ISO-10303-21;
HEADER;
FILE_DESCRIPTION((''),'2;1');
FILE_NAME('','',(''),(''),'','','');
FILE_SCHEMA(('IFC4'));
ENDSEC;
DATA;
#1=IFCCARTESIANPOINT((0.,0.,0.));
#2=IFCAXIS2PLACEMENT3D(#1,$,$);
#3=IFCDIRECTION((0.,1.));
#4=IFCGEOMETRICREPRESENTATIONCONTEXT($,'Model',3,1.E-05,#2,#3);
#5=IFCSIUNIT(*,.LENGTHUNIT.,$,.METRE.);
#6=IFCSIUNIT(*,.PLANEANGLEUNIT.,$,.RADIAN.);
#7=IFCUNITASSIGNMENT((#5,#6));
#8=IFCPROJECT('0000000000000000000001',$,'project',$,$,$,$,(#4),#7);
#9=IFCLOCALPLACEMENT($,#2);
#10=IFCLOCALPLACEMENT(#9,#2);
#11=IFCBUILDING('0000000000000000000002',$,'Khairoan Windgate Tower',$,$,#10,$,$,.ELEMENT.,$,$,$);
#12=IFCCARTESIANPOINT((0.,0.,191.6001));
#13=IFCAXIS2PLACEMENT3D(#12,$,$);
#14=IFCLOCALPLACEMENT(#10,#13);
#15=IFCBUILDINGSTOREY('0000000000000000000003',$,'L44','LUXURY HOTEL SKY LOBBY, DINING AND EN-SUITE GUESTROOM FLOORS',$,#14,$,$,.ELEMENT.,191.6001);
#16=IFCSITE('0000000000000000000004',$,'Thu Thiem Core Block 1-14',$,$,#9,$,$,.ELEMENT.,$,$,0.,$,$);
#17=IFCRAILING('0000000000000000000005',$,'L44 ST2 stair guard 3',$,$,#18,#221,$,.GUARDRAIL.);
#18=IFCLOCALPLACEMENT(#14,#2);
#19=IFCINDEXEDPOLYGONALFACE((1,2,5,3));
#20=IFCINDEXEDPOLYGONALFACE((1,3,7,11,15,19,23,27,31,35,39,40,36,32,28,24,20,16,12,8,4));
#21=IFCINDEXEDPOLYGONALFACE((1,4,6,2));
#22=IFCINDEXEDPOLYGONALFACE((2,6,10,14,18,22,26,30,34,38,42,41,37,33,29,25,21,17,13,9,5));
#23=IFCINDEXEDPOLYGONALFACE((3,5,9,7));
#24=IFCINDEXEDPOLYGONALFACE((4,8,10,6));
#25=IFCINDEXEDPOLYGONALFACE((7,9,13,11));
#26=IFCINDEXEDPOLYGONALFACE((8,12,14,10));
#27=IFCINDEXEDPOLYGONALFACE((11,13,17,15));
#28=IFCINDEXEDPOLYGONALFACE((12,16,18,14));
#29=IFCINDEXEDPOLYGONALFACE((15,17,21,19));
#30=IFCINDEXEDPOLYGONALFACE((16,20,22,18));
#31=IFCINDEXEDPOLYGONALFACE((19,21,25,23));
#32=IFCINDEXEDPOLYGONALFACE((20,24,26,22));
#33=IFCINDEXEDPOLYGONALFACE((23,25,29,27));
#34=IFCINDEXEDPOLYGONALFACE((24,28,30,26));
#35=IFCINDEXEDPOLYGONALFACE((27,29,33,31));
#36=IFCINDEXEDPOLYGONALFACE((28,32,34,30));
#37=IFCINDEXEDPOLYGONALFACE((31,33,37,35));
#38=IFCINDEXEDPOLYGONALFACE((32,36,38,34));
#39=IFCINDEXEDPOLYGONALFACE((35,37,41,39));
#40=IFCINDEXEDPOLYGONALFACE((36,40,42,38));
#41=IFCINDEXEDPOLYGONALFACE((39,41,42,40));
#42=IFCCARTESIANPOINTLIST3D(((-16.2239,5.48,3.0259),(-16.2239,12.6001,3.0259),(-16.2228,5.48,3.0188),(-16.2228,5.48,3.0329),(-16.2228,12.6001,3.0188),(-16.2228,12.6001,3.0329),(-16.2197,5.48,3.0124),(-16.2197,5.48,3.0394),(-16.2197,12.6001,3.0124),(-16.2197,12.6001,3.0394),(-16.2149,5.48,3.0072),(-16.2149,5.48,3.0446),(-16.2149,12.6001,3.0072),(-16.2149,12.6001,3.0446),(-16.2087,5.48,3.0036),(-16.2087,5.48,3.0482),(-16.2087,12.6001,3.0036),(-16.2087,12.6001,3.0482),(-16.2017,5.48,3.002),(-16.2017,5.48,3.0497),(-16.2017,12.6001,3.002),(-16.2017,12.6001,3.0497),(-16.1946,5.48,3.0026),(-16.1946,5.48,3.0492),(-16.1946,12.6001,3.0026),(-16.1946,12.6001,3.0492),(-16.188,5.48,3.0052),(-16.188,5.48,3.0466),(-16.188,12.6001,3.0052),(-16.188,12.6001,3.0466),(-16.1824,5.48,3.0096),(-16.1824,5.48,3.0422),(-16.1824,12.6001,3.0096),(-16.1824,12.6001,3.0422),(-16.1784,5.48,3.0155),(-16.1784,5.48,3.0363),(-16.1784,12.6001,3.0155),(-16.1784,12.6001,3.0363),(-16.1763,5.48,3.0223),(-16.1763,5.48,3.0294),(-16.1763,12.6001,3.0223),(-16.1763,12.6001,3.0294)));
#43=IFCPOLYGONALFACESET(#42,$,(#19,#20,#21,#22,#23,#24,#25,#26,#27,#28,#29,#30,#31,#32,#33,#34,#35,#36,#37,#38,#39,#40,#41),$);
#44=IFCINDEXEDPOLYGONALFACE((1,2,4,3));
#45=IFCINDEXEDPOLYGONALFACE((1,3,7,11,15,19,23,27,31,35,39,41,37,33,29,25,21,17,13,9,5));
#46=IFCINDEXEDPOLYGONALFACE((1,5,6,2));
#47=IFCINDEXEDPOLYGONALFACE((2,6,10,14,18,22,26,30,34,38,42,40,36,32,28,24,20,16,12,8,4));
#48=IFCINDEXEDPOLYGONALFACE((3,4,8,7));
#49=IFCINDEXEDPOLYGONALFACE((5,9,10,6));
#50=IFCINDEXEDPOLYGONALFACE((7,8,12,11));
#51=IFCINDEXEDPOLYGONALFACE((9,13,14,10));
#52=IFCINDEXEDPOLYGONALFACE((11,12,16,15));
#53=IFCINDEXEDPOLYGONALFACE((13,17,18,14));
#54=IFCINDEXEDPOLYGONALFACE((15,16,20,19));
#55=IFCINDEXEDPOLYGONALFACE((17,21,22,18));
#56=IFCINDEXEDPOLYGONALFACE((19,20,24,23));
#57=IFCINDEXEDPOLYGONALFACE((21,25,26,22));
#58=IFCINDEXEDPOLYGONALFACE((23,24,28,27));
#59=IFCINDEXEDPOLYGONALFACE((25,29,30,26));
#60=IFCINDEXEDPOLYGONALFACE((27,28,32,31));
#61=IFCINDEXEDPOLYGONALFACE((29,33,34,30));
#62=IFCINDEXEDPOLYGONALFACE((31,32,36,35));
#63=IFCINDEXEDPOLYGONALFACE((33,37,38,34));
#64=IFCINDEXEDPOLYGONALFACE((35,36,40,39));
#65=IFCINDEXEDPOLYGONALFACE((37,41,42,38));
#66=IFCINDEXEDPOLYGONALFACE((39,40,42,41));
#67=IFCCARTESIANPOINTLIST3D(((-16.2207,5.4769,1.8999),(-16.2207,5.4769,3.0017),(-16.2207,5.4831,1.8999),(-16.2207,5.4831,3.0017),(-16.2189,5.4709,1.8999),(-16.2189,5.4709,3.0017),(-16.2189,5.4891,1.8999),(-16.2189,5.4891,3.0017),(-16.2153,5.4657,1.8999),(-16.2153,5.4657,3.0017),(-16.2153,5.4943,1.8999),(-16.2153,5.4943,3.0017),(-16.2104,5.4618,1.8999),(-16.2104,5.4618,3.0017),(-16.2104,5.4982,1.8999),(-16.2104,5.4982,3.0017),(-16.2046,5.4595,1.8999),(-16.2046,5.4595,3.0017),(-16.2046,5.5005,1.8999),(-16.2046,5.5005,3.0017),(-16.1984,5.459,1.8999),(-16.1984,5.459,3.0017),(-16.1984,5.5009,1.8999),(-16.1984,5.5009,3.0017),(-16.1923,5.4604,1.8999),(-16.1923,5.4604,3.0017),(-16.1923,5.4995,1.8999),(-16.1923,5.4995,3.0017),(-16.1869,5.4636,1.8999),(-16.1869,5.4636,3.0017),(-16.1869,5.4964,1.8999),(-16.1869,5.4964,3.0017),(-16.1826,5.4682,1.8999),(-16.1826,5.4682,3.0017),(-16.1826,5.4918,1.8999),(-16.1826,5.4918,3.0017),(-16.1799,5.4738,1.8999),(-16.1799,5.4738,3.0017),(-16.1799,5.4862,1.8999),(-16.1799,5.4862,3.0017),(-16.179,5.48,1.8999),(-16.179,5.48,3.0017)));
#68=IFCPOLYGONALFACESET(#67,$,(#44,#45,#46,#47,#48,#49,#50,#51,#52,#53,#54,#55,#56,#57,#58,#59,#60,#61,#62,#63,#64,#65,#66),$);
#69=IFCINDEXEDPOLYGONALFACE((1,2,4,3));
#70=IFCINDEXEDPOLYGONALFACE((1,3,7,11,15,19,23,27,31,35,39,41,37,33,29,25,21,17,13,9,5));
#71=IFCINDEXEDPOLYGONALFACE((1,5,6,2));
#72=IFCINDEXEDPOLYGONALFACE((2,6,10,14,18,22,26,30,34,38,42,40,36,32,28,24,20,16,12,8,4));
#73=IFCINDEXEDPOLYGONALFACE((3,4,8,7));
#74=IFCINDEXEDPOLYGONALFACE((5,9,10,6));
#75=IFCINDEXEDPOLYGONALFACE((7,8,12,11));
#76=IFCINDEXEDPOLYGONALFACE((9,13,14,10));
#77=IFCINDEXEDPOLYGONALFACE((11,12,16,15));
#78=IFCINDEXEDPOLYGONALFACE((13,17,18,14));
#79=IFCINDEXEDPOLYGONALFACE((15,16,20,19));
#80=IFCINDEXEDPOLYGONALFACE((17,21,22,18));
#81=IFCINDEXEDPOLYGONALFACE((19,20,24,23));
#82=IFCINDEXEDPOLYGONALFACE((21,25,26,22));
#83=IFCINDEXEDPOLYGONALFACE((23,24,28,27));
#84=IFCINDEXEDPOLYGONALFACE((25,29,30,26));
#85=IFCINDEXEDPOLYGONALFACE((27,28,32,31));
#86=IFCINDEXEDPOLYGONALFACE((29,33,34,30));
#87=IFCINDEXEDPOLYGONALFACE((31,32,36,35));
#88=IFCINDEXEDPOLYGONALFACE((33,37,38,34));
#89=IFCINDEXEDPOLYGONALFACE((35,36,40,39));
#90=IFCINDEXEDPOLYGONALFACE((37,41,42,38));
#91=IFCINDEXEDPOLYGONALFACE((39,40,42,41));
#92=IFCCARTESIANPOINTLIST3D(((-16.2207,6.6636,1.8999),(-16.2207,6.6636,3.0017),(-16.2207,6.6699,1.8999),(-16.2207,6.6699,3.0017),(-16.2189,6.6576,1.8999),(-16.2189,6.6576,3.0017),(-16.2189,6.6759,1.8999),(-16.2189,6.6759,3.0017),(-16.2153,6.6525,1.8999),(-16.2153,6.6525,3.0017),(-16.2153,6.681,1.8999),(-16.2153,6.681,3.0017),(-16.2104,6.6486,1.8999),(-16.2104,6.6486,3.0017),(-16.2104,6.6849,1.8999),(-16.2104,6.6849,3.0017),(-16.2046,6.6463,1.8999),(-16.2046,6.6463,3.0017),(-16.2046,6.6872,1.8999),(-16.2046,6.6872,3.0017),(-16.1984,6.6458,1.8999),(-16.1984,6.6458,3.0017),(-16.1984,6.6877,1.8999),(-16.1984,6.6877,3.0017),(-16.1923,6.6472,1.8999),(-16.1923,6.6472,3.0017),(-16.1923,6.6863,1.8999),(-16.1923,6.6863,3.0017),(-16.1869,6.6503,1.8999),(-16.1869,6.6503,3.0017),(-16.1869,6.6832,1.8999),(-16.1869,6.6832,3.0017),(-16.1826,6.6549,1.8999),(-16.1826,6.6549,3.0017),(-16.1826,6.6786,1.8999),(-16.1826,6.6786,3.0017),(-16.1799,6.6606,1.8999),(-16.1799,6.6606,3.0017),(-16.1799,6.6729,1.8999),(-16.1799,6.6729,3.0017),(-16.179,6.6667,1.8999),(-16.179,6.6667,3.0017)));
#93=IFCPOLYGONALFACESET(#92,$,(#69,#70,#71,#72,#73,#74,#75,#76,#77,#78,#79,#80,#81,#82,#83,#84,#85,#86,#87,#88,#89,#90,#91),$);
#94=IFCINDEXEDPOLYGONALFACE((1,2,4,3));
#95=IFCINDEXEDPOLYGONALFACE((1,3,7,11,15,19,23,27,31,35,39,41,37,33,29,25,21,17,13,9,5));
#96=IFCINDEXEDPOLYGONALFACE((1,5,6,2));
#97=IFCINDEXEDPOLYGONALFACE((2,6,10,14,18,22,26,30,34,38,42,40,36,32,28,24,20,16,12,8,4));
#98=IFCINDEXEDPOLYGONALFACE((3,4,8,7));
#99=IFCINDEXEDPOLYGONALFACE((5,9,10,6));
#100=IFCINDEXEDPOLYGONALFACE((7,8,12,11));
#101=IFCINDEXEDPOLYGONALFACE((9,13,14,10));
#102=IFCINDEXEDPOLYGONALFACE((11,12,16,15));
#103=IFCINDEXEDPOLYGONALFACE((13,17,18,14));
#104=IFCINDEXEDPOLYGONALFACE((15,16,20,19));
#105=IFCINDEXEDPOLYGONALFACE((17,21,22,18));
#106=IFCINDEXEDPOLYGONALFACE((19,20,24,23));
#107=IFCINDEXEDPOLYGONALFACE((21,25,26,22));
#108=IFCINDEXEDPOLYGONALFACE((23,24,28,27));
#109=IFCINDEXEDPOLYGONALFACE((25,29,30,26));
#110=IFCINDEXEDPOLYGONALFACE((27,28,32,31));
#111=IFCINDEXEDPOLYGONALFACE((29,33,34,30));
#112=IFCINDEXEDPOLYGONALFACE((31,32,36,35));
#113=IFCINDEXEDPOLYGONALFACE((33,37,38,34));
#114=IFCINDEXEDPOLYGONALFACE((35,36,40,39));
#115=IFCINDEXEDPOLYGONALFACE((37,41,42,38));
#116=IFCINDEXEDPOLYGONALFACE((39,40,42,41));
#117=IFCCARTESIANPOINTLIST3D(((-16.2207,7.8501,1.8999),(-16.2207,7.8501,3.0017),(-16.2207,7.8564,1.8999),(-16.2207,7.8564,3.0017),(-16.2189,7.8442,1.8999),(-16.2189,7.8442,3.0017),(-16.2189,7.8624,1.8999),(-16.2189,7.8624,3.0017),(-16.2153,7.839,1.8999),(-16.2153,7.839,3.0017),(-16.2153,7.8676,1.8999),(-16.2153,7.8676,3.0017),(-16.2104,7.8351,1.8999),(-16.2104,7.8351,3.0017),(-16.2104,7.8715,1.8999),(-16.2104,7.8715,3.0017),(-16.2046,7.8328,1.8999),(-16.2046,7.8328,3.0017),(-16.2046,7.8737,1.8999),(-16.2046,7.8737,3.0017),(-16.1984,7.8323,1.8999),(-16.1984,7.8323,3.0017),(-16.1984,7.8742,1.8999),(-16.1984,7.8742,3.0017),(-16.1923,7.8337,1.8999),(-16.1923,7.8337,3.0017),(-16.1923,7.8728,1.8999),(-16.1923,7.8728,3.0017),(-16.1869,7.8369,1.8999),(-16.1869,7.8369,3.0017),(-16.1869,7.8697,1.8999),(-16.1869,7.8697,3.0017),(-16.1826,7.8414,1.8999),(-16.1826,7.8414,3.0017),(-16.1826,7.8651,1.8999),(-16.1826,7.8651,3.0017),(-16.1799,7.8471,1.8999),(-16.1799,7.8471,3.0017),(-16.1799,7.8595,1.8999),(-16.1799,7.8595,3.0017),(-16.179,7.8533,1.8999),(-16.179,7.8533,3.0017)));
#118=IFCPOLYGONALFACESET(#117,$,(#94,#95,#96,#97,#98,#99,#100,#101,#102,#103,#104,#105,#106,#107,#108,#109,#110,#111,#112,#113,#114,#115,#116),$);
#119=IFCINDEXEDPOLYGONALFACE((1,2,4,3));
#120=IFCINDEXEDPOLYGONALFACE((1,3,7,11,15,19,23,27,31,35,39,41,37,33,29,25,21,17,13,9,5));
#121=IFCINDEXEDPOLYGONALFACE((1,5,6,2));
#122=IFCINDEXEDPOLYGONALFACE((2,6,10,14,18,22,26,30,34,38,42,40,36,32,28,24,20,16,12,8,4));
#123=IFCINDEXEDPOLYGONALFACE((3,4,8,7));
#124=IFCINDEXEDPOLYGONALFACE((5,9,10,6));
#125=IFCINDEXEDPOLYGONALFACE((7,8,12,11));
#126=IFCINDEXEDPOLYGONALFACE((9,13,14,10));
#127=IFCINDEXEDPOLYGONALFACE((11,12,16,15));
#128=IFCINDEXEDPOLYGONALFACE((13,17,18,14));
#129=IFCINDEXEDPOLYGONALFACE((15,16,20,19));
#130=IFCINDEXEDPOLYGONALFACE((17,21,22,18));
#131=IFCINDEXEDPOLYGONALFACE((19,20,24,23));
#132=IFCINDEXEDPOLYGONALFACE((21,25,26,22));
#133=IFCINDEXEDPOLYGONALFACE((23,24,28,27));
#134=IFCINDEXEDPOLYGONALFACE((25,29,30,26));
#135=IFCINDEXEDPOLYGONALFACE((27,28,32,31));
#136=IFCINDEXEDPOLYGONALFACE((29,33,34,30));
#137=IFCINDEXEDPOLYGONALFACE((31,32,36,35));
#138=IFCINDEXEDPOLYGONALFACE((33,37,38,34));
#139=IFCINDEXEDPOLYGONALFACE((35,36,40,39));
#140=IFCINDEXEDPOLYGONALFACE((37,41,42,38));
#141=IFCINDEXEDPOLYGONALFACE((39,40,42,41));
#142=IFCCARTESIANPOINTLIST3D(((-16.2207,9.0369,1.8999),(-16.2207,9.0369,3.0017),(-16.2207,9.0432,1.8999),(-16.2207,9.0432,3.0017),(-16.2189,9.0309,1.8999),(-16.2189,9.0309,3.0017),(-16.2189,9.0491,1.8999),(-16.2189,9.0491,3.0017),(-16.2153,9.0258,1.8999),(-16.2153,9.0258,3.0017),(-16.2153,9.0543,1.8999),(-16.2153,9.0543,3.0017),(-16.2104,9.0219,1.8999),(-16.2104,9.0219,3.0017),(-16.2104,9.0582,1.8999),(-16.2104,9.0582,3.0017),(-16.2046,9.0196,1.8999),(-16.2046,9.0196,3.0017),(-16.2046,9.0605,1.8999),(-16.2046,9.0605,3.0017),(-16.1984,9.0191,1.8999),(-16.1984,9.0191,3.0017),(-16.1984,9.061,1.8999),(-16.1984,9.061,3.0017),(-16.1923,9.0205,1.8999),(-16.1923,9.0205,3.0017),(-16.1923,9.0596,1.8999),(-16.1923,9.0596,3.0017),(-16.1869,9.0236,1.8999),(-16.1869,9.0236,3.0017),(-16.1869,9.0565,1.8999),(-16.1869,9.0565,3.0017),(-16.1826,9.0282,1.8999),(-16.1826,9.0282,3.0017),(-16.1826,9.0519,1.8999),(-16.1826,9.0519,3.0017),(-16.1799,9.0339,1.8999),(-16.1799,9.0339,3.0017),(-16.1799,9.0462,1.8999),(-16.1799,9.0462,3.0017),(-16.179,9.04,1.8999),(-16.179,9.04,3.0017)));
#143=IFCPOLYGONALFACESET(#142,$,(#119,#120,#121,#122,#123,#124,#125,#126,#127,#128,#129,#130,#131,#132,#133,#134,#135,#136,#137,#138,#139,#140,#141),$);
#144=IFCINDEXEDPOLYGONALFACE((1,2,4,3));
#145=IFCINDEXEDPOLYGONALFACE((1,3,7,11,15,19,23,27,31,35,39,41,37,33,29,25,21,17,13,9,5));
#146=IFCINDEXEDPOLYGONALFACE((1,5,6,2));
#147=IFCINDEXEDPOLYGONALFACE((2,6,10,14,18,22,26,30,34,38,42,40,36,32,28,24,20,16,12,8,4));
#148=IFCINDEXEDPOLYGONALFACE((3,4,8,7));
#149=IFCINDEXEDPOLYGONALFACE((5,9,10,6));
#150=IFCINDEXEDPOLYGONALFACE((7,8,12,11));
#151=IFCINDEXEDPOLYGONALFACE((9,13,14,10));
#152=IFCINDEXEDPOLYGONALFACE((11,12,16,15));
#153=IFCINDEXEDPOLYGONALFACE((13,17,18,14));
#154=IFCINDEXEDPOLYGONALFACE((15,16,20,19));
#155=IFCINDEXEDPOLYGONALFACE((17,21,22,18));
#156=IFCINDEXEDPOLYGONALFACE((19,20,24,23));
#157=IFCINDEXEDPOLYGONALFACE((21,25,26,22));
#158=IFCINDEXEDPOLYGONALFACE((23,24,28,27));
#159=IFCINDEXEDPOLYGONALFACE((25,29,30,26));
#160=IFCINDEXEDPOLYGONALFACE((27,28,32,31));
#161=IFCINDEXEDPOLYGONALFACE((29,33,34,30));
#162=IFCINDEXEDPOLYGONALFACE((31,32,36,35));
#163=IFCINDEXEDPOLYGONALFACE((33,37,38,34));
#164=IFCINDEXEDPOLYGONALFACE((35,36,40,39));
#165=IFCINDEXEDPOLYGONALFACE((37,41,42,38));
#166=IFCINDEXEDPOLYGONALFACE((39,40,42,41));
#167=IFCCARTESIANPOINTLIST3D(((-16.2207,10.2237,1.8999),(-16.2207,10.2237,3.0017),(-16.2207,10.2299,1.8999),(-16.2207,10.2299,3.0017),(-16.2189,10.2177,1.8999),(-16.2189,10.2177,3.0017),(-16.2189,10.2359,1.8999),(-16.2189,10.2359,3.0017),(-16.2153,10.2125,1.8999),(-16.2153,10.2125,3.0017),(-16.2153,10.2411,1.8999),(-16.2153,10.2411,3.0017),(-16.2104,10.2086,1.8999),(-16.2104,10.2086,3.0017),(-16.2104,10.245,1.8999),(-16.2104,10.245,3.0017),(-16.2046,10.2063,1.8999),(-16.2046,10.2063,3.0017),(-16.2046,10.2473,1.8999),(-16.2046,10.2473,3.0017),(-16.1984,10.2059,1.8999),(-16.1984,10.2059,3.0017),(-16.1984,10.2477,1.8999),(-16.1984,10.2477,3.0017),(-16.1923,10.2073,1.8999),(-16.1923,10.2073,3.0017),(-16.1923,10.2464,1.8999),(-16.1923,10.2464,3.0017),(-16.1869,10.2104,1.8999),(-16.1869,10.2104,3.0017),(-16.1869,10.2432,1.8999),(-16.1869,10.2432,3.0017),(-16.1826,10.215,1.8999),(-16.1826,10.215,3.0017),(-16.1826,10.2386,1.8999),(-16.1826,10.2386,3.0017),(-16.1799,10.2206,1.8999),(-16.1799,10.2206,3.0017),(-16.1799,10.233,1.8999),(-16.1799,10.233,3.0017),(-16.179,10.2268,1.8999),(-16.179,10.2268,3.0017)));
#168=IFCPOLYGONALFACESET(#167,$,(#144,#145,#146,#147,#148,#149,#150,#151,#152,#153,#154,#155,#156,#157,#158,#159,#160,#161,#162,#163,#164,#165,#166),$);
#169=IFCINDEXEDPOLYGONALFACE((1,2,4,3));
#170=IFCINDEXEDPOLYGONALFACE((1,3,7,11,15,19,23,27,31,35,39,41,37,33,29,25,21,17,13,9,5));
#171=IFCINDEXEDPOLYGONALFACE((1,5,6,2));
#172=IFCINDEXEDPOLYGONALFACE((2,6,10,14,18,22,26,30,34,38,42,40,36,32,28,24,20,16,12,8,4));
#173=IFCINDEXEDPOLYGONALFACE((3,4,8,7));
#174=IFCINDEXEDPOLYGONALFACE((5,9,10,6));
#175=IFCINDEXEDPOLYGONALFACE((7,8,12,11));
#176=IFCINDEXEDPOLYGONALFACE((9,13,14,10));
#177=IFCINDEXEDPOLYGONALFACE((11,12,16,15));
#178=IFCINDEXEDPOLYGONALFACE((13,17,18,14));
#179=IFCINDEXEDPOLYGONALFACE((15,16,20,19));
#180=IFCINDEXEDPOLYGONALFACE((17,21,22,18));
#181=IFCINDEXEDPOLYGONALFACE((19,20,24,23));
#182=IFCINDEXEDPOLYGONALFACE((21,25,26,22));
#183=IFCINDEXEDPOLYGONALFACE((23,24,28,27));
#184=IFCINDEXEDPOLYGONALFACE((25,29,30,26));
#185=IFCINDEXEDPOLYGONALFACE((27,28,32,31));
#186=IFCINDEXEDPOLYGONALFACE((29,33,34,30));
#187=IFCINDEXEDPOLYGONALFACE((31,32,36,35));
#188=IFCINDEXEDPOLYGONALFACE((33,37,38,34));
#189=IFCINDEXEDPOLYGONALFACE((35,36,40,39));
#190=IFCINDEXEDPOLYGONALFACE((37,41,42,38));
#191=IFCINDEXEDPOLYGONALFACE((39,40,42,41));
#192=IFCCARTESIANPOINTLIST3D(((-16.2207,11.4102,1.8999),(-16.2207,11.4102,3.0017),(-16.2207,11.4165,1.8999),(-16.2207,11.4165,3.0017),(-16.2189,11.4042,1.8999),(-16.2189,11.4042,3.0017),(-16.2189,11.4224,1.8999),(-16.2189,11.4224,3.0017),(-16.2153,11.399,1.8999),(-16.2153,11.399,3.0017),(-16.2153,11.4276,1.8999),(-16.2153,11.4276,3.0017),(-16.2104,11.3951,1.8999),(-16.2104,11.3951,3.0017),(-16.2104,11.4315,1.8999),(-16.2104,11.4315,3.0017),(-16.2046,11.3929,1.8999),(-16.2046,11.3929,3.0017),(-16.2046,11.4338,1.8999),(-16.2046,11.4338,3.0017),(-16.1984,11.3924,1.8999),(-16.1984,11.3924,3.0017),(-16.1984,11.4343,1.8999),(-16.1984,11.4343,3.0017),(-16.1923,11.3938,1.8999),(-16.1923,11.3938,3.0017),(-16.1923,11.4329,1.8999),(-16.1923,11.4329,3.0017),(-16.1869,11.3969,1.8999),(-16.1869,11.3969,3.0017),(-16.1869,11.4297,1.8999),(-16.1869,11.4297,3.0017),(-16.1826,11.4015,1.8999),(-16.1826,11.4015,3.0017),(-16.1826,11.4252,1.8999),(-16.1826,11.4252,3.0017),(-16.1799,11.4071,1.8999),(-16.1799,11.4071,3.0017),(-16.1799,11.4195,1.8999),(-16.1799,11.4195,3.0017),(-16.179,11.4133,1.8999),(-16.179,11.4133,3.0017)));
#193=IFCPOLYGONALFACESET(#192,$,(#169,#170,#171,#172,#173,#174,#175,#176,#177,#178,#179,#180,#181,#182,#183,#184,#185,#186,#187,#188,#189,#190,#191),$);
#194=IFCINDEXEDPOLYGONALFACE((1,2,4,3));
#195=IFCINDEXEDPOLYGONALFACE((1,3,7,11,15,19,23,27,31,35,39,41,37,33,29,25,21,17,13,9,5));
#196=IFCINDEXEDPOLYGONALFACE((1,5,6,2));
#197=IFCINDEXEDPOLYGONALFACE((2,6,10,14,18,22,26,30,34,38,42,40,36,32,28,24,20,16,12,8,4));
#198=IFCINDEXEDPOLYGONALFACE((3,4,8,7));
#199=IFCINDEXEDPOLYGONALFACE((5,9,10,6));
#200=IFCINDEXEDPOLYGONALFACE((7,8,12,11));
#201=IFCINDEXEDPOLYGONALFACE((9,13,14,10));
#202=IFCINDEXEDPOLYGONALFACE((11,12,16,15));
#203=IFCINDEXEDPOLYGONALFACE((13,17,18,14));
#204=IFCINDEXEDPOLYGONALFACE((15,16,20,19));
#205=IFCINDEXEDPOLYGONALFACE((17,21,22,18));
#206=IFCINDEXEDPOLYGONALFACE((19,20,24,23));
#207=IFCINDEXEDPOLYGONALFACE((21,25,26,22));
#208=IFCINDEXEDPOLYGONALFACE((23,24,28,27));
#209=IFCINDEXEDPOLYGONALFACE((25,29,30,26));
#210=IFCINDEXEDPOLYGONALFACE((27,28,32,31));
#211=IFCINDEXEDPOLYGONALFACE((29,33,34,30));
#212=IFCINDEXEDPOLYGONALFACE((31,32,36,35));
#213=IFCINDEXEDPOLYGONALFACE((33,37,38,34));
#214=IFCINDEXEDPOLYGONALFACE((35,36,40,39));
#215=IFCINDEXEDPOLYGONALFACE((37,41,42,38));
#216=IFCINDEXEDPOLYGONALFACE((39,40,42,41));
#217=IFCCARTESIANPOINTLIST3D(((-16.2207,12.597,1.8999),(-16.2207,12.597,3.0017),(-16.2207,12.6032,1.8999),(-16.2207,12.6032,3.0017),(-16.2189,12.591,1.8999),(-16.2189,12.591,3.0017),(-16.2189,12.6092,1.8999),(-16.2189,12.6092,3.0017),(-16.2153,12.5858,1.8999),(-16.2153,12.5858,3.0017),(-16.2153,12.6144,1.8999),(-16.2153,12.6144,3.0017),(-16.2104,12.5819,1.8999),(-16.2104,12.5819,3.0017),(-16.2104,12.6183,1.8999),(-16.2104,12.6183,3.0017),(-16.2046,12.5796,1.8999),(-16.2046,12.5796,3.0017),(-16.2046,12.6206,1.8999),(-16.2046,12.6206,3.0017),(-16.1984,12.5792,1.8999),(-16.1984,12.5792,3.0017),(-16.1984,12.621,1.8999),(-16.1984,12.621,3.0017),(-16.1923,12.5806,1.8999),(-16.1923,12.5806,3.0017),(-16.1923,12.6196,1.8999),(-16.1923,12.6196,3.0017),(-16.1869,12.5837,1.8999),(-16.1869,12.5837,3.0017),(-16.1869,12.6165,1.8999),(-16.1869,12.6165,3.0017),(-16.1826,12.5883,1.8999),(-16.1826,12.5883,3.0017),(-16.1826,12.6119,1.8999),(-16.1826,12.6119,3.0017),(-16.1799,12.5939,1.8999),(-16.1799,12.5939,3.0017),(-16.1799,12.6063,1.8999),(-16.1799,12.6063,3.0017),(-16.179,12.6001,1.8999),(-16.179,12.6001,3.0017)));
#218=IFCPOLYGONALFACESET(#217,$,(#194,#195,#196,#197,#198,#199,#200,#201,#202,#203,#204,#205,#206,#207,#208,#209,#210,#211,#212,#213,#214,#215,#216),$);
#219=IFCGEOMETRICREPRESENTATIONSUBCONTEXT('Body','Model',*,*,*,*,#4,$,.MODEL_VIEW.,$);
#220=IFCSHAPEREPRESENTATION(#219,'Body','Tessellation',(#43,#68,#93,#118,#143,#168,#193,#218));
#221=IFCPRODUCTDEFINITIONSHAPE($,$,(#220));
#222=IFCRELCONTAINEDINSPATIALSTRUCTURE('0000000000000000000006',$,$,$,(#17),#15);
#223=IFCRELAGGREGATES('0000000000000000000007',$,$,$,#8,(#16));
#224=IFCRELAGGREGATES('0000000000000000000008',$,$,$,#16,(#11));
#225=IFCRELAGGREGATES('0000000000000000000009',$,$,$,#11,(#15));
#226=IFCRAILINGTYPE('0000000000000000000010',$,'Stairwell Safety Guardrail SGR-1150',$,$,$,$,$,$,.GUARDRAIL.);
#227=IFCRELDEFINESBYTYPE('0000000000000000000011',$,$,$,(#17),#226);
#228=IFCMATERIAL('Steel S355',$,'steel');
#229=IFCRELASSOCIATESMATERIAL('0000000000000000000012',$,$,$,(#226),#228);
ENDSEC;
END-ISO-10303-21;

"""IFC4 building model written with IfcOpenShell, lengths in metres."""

from ifc_helpers import new_model, si_unit, direction, frame, origin, origin_2d, place, context, subcontext, project, spatial, circle, extrude, material, type_object, element, save


model = new_model("IFC4")

# Units and contexts
model_context = context("Model", 3, precision=1e-05, world=origin(), true_north=direction((0.0, 1.0)))
body_context = subcontext(model_context, "Body", "Model", "MODEL_VIEW")
ifc_project = project(units=[si_unit("LENGTHUNIT", "METRE"), si_unit("PLANEANGLEUNIT", "RADIAN")], contexts=[model_context])

# Site, building, storey
site_placement = place(None, origin())
site = spatial("IfcSite", under=ifc_project, at=site_placement, Name="Thu Thiem Core Block 1-14", CompositionType="ELEMENT", RefElevation=0.0)
building_placement = place(site_placement, origin())
building = spatial("IfcBuilding", under=site, at=building_placement, Name="Khairoan Windgate Tower", CompositionType="ELEMENT")
storey_placement = place(building_placement, frame((0.0, 0.0, 191.6001)))
storey = spatial("IfcBuildingStorey", under=building, at=storey_placement, Name="L44", Description="LUXURY HOTEL SKY LOBBY, DINING AND EN-SUITE GUESTROOM FLOORS", CompositionType="ELEMENT", Elevation=191.6001)

# Railing
ifc_material_1 = material(Name="Steel S355", Category="steel")
railing_type_1 = type_object("IfcRailingType", Name="Stairwell Safety Guardrail SGR-1150", PredefinedType="GUARDRAIL", material=ifc_material_1)
railing_1_placement = place(storey_placement, frame((-16.2, 5.48, 1.8999)))
element("IfcRailing", 1, at=railing_1_placement, inside=storey, type_object=railing_type_1, Name="L44 ST2 stair guard 3", PredefinedType="GUARDRAIL", context=body_context, shape_type="SweptSolid", body=[
    extrude(circle(Radius=0.0239, at=origin_2d()), frame((0.0, 0.0, 1.126), z_axis=(0.0, 1.0, 0.0), x_axis=(-1.0, 0.0, 0.0)), (0.0, 0.0, 1.0), 7.1201),
    extrude(circle(Radius=0.021, at=origin_2d()), origin(), (0.0, 0.0, 1.0), 1.1018),
    extrude(circle(Radius=0.021, at=origin_2d()), frame((0.0, 1.1868, 0.0)), (0.0, 0.0, 1.0), 1.1018),
    extrude(circle(Radius=0.021, at=origin_2d()), frame((0.0, 2.3733, 0.0)), (0.0, 0.0, 1.0), 1.1018),
    extrude(circle(Radius=0.021, at=origin_2d()), frame((0.0, 3.5601, 0.0)), (0.0, 0.0, 1.0), 1.1018),
    extrude(circle(Radius=0.021, at=origin_2d()), frame((0.0, 4.7468, 0.0)), (0.0, 0.0, 1.0), 1.1018),
    extrude(circle(Radius=0.021, at=origin_2d()), frame((0.0, 5.9333, 0.0)), (0.0, 0.0, 1.0), 1.1018),
    extrude(circle(Radius=0.021, at=origin_2d()), frame((0.0, 7.1201, 0.0)), (0.0, 0.0, 1.0), 1.1018),
])

save(model, "model.ifc")
